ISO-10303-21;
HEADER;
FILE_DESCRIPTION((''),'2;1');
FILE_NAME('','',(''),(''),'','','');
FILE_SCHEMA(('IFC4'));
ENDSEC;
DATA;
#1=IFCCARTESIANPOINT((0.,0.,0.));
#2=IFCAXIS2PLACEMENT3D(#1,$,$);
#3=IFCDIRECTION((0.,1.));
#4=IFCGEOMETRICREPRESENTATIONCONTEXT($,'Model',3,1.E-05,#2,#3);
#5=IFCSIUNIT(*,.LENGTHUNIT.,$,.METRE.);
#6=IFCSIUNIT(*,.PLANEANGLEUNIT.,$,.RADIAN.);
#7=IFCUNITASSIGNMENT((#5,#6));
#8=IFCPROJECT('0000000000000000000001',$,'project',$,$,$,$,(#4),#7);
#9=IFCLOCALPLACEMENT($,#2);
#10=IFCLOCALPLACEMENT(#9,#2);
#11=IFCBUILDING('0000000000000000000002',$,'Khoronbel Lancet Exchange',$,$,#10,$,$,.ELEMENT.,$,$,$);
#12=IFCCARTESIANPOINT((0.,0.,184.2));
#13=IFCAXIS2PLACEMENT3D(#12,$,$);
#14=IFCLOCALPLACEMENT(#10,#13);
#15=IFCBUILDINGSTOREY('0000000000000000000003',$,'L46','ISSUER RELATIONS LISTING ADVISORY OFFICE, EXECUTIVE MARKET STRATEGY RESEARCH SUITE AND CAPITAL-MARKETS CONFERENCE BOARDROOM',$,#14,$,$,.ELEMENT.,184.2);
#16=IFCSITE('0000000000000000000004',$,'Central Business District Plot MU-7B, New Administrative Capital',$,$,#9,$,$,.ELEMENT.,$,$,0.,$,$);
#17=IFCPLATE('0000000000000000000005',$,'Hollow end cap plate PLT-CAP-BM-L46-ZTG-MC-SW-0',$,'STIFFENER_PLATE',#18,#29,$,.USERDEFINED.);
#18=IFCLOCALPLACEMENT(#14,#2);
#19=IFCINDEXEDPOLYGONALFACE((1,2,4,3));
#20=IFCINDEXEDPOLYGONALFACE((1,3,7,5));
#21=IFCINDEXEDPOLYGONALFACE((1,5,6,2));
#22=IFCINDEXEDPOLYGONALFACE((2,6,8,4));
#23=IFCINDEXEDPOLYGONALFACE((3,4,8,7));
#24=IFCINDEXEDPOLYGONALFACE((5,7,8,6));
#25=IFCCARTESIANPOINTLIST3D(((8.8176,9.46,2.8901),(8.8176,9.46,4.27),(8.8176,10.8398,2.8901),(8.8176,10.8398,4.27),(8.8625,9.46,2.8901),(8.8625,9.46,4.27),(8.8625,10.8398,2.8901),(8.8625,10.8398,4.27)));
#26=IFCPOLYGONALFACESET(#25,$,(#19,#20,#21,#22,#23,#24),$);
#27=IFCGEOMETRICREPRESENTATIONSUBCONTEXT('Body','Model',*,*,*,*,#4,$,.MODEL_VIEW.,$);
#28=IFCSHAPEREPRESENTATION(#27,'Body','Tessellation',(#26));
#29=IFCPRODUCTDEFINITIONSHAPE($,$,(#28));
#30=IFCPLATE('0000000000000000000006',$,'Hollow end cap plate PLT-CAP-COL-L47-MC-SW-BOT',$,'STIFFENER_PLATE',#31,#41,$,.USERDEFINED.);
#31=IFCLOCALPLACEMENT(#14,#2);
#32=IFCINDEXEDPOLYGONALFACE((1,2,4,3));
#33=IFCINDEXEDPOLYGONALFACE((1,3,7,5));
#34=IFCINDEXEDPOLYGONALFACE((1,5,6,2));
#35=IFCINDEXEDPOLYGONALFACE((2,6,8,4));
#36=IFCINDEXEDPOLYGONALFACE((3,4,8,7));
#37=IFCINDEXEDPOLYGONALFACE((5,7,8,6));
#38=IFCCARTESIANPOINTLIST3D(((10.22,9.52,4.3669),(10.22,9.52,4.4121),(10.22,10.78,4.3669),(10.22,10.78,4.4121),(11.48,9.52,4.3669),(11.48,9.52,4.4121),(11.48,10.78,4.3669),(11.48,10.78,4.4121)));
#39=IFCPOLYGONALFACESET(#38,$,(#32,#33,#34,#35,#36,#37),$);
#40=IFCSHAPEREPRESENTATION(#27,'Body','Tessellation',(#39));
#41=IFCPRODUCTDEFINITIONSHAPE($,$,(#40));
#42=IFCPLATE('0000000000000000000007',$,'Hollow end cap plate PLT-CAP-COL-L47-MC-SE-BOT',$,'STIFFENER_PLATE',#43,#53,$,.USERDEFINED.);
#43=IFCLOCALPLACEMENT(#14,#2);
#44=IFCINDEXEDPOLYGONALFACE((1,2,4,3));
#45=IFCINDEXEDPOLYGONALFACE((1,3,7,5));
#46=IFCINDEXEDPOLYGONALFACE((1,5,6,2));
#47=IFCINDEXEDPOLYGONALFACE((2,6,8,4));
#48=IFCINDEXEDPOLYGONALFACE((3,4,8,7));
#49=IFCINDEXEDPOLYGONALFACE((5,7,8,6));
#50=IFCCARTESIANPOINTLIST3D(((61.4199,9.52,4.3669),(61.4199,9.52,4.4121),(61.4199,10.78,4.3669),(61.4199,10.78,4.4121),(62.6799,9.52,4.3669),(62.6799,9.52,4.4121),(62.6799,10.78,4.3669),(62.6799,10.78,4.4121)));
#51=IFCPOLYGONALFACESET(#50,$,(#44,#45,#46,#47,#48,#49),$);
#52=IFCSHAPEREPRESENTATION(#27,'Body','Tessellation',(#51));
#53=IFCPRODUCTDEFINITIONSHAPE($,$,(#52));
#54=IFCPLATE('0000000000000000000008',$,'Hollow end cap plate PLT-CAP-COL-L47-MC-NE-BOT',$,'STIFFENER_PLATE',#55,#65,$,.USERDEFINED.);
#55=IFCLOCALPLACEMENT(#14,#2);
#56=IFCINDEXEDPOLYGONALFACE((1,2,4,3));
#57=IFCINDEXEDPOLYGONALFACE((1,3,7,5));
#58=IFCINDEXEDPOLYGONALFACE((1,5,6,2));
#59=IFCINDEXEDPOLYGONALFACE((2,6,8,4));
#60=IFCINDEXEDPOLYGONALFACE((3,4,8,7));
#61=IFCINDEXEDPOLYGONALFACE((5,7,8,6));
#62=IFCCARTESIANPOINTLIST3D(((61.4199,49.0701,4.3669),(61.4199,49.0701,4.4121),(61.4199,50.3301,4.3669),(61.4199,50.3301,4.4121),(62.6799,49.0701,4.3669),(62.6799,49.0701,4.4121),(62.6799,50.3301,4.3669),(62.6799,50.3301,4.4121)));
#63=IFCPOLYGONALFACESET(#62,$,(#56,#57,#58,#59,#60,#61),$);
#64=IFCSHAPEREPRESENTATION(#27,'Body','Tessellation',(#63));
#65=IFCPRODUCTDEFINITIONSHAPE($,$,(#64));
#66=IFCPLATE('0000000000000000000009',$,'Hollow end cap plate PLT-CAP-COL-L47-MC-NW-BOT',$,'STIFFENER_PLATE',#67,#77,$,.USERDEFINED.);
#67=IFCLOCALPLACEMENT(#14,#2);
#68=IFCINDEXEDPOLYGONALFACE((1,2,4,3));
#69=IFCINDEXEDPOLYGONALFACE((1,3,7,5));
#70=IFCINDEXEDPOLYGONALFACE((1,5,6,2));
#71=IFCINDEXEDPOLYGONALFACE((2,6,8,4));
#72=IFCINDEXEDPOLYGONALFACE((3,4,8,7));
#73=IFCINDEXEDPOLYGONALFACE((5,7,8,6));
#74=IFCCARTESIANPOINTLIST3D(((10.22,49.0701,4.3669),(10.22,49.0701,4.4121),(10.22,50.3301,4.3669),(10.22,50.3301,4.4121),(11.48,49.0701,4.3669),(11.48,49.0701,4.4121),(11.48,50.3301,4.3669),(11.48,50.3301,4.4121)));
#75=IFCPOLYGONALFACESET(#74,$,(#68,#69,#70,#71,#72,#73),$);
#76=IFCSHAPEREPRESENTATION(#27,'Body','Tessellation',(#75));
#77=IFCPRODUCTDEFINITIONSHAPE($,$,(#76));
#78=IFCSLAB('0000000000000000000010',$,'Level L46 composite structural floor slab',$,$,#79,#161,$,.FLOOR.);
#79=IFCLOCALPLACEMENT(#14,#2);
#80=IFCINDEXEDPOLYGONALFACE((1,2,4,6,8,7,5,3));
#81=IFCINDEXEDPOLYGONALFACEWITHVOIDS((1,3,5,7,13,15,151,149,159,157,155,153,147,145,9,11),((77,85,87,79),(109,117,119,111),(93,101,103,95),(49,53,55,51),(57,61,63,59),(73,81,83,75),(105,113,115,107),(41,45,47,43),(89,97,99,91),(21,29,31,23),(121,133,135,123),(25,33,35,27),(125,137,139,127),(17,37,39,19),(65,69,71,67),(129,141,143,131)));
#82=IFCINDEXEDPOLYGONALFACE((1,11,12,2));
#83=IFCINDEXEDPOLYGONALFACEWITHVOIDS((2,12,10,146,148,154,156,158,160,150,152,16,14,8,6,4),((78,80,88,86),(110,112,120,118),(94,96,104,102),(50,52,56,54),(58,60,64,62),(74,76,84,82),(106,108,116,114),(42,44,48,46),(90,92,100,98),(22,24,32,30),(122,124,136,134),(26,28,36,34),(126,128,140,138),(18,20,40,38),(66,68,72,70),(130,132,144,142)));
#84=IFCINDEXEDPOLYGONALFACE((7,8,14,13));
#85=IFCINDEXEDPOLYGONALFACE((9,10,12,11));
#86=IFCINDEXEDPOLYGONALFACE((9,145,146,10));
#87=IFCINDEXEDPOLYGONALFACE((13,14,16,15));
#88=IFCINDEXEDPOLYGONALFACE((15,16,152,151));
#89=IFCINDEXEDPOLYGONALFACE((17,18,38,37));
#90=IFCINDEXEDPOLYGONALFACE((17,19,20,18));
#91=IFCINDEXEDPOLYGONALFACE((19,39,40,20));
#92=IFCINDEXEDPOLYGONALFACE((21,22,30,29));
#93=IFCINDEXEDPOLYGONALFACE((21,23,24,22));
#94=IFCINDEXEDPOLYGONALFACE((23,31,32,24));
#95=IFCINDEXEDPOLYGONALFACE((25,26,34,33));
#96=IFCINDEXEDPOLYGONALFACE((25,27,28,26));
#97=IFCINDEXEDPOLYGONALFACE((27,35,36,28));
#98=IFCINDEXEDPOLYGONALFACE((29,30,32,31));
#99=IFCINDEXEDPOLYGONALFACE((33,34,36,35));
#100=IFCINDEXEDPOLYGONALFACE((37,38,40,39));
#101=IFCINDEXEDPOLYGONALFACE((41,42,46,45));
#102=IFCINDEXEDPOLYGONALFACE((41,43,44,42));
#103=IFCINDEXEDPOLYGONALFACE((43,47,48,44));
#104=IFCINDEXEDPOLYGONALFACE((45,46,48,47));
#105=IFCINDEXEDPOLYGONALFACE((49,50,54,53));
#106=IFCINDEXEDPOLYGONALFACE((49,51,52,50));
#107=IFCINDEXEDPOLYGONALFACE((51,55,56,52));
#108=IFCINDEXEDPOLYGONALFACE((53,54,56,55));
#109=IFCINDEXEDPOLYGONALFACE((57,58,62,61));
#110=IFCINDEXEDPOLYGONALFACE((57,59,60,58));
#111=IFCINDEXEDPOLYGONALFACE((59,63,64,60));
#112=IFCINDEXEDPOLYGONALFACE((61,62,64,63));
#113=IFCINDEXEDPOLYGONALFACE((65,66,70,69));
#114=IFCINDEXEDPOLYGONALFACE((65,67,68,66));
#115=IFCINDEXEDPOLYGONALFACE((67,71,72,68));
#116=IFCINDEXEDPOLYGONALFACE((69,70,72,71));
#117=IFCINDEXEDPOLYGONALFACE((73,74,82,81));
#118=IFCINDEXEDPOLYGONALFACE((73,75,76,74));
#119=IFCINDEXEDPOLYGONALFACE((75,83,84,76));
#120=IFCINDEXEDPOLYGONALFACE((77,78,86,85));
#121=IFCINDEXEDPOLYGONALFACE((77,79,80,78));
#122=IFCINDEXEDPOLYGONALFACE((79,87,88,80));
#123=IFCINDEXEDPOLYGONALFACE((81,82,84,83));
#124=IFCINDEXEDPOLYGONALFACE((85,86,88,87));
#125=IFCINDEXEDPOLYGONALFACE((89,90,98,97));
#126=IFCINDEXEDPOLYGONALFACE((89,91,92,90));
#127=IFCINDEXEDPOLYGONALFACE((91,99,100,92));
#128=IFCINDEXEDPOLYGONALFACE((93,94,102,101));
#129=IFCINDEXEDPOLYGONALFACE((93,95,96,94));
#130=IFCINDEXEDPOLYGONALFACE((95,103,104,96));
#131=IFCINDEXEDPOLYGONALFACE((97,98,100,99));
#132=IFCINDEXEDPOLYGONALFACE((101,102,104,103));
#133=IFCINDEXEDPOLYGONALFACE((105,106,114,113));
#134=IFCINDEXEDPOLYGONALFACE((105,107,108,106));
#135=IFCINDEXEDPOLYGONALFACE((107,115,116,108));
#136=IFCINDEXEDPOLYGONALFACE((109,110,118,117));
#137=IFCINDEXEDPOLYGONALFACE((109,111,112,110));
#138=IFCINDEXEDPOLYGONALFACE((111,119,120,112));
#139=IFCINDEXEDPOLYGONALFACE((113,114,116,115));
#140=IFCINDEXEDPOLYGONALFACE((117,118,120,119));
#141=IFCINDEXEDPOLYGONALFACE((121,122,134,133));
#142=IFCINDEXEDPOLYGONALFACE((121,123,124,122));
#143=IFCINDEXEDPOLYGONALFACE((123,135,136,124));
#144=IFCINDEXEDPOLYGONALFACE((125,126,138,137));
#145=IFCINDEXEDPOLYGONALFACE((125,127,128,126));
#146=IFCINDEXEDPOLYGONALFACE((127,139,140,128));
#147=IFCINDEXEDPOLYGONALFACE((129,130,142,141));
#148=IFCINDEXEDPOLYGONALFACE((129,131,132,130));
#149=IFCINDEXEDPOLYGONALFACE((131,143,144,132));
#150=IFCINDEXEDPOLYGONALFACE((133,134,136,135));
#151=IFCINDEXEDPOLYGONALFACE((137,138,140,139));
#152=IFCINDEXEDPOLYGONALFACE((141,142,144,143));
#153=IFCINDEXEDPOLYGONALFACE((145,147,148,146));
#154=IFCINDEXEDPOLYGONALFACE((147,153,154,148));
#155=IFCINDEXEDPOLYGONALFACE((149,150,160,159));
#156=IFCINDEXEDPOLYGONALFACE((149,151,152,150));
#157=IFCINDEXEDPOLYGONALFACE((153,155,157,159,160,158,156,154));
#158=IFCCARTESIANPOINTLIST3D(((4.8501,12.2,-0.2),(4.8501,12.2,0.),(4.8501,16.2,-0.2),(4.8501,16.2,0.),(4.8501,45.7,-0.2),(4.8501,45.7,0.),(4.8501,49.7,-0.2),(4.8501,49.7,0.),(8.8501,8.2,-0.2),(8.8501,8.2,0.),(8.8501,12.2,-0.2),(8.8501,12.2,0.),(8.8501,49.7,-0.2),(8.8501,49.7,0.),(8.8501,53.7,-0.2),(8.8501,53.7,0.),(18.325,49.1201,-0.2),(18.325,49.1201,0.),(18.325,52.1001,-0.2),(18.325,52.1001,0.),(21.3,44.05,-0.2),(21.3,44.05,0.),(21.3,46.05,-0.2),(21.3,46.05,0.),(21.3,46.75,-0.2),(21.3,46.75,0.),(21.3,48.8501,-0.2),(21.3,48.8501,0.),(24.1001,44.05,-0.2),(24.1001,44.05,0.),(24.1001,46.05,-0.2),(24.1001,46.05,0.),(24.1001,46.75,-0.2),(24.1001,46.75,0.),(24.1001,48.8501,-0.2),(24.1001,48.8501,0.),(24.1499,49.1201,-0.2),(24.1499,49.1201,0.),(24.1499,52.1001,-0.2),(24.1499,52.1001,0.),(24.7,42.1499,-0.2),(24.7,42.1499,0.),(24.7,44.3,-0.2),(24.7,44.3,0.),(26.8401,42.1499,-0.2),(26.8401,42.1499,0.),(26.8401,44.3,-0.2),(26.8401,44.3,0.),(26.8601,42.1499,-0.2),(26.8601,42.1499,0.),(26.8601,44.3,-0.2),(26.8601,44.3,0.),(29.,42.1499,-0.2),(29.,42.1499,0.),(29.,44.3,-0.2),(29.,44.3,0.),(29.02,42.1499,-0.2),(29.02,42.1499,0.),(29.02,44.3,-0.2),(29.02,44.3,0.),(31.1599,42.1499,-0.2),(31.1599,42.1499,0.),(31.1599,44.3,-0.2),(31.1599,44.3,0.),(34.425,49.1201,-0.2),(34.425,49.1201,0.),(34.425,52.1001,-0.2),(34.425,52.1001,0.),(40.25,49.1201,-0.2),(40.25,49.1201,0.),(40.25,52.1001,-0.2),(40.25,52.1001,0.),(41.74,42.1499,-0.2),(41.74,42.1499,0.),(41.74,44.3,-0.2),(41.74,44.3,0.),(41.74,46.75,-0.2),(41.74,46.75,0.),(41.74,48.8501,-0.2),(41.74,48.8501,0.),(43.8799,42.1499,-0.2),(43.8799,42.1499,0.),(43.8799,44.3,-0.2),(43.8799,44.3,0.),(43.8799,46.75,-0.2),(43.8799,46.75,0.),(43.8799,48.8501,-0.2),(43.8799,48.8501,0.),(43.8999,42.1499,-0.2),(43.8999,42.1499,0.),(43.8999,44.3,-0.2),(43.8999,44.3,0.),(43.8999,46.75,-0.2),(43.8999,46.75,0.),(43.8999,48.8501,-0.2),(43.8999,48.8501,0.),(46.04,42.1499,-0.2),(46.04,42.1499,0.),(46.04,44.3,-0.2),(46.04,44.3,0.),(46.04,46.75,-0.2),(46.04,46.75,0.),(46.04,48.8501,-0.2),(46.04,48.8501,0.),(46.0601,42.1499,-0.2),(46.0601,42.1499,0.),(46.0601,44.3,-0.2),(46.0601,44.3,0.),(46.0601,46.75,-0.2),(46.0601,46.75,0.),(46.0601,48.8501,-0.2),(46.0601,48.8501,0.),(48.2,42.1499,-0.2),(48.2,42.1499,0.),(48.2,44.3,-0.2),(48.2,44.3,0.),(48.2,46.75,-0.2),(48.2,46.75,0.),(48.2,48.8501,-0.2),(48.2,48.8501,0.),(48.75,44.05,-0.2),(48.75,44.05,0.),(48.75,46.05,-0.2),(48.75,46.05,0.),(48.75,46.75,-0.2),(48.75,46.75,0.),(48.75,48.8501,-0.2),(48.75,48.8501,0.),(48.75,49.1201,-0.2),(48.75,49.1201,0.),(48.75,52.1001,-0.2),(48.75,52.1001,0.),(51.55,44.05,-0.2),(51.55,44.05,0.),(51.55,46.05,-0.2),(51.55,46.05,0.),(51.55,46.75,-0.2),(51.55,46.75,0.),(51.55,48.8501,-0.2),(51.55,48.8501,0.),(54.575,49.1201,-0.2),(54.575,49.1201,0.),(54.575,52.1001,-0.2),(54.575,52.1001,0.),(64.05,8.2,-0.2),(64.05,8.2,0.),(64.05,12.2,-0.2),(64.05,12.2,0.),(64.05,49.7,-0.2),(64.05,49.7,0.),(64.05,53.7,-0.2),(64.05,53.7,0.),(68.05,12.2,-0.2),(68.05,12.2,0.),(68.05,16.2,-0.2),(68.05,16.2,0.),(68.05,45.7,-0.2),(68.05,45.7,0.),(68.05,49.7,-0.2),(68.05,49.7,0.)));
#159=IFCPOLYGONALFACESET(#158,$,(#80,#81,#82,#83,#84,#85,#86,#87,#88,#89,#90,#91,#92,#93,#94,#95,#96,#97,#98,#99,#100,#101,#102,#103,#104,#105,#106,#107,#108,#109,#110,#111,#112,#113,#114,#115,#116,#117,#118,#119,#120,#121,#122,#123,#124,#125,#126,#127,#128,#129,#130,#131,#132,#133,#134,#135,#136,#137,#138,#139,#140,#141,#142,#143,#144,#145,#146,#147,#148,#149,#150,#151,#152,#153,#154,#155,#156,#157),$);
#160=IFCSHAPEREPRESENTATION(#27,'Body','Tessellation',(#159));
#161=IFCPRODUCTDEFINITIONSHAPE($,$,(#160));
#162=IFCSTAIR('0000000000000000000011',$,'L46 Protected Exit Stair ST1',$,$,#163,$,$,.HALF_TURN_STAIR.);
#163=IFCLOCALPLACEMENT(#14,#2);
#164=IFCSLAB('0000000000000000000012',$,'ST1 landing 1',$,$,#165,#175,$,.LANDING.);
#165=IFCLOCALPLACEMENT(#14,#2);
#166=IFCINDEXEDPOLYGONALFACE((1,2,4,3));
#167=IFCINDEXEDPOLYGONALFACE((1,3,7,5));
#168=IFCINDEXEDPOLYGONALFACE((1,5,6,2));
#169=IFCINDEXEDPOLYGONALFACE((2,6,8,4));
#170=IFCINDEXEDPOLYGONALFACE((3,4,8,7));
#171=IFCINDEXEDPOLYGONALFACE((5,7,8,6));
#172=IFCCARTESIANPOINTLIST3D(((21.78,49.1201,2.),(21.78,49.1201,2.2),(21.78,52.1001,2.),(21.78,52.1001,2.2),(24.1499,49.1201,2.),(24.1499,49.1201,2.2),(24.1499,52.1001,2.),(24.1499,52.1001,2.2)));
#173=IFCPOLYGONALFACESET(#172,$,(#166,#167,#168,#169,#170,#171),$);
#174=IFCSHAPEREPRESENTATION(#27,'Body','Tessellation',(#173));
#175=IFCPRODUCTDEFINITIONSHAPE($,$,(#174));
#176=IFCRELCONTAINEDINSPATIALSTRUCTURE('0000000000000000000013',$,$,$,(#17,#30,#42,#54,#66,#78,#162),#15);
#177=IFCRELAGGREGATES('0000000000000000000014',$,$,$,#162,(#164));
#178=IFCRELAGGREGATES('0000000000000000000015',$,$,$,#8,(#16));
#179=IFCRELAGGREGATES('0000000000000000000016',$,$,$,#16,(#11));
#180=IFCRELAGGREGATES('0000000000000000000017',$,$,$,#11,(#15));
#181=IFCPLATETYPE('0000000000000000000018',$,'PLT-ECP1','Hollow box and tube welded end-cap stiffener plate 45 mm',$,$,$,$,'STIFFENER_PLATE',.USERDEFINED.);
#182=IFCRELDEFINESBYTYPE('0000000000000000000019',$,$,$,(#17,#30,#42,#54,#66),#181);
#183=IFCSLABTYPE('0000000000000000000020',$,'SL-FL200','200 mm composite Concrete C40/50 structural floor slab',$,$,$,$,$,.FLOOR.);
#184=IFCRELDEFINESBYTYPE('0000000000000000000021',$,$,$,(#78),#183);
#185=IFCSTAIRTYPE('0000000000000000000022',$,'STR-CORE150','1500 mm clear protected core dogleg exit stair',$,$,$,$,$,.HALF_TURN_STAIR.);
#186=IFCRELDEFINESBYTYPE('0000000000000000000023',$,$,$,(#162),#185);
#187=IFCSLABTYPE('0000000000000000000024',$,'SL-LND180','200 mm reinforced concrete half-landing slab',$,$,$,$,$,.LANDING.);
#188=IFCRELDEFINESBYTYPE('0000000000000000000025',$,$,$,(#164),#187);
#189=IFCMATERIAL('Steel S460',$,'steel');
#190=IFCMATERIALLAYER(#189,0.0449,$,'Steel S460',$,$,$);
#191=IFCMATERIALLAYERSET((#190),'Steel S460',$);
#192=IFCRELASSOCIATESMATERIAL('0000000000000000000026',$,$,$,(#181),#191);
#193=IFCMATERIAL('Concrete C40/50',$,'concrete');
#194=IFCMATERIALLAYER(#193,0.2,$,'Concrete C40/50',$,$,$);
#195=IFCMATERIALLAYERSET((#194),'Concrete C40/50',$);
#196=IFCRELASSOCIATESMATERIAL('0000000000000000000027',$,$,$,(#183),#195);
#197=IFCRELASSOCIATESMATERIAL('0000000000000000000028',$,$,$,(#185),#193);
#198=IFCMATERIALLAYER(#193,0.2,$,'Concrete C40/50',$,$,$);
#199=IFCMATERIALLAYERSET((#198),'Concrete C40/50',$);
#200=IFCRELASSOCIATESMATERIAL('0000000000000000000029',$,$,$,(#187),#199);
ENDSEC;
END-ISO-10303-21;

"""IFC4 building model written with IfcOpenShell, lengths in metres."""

from ifc_helpers import new_model, si_unit, direction, frame, origin, origin_2d, place, context, subcontext, project, spatial, polyline, rectangle, outline, extrude, material, layer, layer_set, type_object, element, aggregate, save


model = new_model("IFC4")

# Units and contexts
model_context = context("Model", 3, precision=1e-05, world=origin(), true_north=direction((0.0, 1.0)))
body_context = subcontext(model_context, "Body", "Model", "MODEL_VIEW")
ifc_project = project(units=[si_unit("LENGTHUNIT", "METRE"), si_unit("PLANEANGLEUNIT", "RADIAN")], contexts=[model_context])

# Site, building, storey
site_placement = place(None, origin())
site = spatial("IfcSite", under=ifc_project, at=site_placement, Name="Central Business District Plot MU-7B, New Administrative Capital", CompositionType="ELEMENT", RefElevation=0.0)
building_placement = place(site_placement, origin())
building = spatial("IfcBuilding", under=site, at=building_placement, Name="Khoronbel Lancet Exchange", CompositionType="ELEMENT")
storey_placement = place(building_placement, frame((0.0, 0.0, 184.2)))
storey = spatial("IfcBuildingStorey", under=building, at=storey_placement, Name="L46", Description="ISSUER RELATIONS LISTING ADVISORY OFFICE, EXECUTIVE MARKET STRATEGY RESEARCH SUITE AND CAPITAL-MARKETS CONFERENCE BOARDROOM", CompositionType="ELEMENT", Elevation=184.2)

# Shared definitions
ifc_material_1 = material(Name="Steel S460", Category="steel")

# Plates
ifc_layer_1 = layer(ifc_material_1, 0.0449, Name="Steel S460")
ifc_layer_set_1 = layer_set([ifc_layer_1], Name="Steel S460")
plate_type_1 = type_object("IfcPlateType", Name="PLT-ECP1", Description="Hollow box and tube welded end-cap stiffener plate 45 mm", ElementType="STIFFENER_PLATE", PredefinedType="USERDEFINED", material=ifc_layer_set_1)
plate_1_placement = place(storey_placement, frame((8.8401, 10.1499, 2.8901), z_axis=(0.0, 0.0, 1.0), x_axis=(-1.0, 0.0, 0.0)))
element("IfcPlate", 1, at=plate_1_placement, inside=storey, type_object=plate_type_1, Name="Hollow end cap plate PLT-CAP-BM-L46-ZTG-MC-SW-0", ObjectType="STIFFENER_PLATE", PredefinedType="USERDEFINED", context=body_context, shape_type="SweptSolid", body=[
    extrude(rectangle(XDim=0.0449, YDim=1.3799, at=origin_2d()), origin(), (0.0, 0.0, 1.0), 1.3799),
])
plate_2_placement = place(storey_placement, frame((0.0, 0.0, 4.3669)))
element("IfcPlate", 2, at=plate_2_placement, inside=storey, type_object=plate_type_1, Name="Hollow end cap plate PLT-CAP-COL-L47-MC-SW-BOT", ObjectType="STIFFENER_PLATE", PredefinedType="USERDEFINED", context=body_context, shape_type="SweptSolid", body=[
    extrude(outline(polyline([(10.22, 9.52), (11.48, 9.52), (11.48, 10.78), (10.22, 10.78), (10.22, 9.52)])), origin(), (0.0, 0.0, 1.0), 0.0452),
])
plate_3_placement = place(storey_placement, frame((0.0, 0.0, 4.3669)))
element("IfcPlate", 3, at=plate_3_placement, inside=storey, type_object=plate_type_1, Name="Hollow end cap plate PLT-CAP-COL-L47-MC-SE-BOT", ObjectType="STIFFENER_PLATE", PredefinedType="USERDEFINED", context=body_context, shape_type="SweptSolid", body=[
    extrude(outline(polyline([(61.4199, 9.52), (62.6799, 9.52), (62.6799, 10.78), (61.4199, 10.78), (61.4199, 9.52)])), origin(), (0.0, 0.0, 1.0), 0.0452),
])
plate_4_placement = place(storey_placement, frame((0.0, 0.0, 4.3669)))
element("IfcPlate", 4, at=plate_4_placement, inside=storey, type_object=plate_type_1, Name="Hollow end cap plate PLT-CAP-COL-L47-MC-NE-BOT", ObjectType="STIFFENER_PLATE", PredefinedType="USERDEFINED", context=body_context, shape_type="SweptSolid", body=[
    extrude(outline(polyline([(61.4199, 49.0701), (62.6799, 49.0701), (62.6799, 50.3301), (61.4199, 50.3301), (61.4199, 49.0701)])), origin(), (0.0, 0.0, 1.0), 0.0452),
])
plate_5_placement = place(storey_placement, frame((0.0, 0.0, 4.3669)))
element("IfcPlate", 5, at=plate_5_placement, inside=storey, type_object=plate_type_1, Name="Hollow end cap plate PLT-CAP-COL-L47-MC-NW-BOT", ObjectType="STIFFENER_PLATE", PredefinedType="USERDEFINED", context=body_context, shape_type="SweptSolid", body=[
    extrude(outline(polyline([(10.22, 49.0701), (11.48, 49.0701), (11.48, 50.3301), (10.22, 50.3301), (10.22, 49.0701)])), origin(), (0.0, 0.0, 1.0), 0.0452),
])

# Slab
ifc_material_2 = material(Name="Concrete C40/50", Category="concrete")
ifc_layer_2 = layer(ifc_material_2, 0.2, Name="Concrete C40/50")
ifc_layer_set_2 = layer_set([ifc_layer_2], Name="Concrete C40/50")
slab_type_1 = type_object("IfcSlabType", Name="SL-FL200", Description="200 mm composite Concrete C40/50 structural floor slab", PredefinedType="FLOOR", material=ifc_layer_set_2)
slab_1_placement = place(storey_placement, frame((0.0, 0.0, -0.2)))
element("IfcSlab", 6, at=slab_1_placement, inside=storey, type_object=slab_type_1, Name="Level L46 composite structural floor slab", PredefinedType="FLOOR", context=body_context, shape_type="SweptSolid", body=[
    extrude(outline(polyline([(8.8501, 8.2), (64.05, 8.2), (64.05, 12.2), (68.05, 12.2), (68.05, 16.2), (68.05, 45.7), (68.05, 49.7), (64.05, 49.7), (64.05, 53.7), (8.8501, 53.7), (8.8501, 49.7), (4.8501, 49.7), (4.8501, 45.7), (4.8501, 16.2), (4.8501, 12.2), (8.8501, 12.2), (8.8501, 8.2)]), holes=[polyline([(18.325, 49.1201), (24.1499, 49.1201), (24.1499, 52.1001), (18.325, 52.1001), (18.325, 49.1201)]), polyline([(48.75, 49.1201), (54.575, 49.1201), (54.575, 52.1001), (48.75, 52.1001), (48.75, 49.1201)]), polyline([(34.425, 49.1201), (40.25, 49.1201), (40.25, 52.1001), (34.425, 52.1001), (34.425, 49.1201)]), polyline([(24.7, 42.1499), (26.8401, 42.1499), (26.8401, 44.3), (24.7, 44.3), (24.7, 42.1499)]), polyline([(26.8601, 42.1499), (29.0, 42.1499), (29.0, 44.3), (26.8601, 44.3), (26.8601, 42.1499)]), polyline([(29.02, 42.1499), (31.1599, 42.1499), (31.1599, 44.3), (29.02, 44.3), (29.02, 42.1499)]), polyline([(41.74, 46.75), (43.8799, 46.75), (43.8799, 48.8501), (41.74, 48.8501), (41.74, 46.75)]), polyline([(43.8999, 46.75), (46.04, 46.75), (46.04, 48.8501), (43.8999, 48.8501), (43.8999, 46.75)]), polyline([(46.0601, 46.75), (48.2, 46.75), (48.2, 48.8501), (46.0601, 48.8501), (46.0601, 46.75)]), polyline([(41.74, 42.1499), (43.8799, 42.1499), (43.8799, 44.3), (41.74, 44.3), (41.74, 42.1499)]), polyline([(43.8999, 42.1499), (46.04, 42.1499), (46.04, 44.3), (43.8999, 44.3), (43.8999, 42.1499)]), polyline([(46.0601, 42.1499), (48.2, 42.1499), (48.2, 44.3), (46.0601, 44.3), (46.0601, 42.1499)]), polyline([(21.3, 46.75), (24.1001, 46.75), (24.1001, 48.8501), (21.3, 48.8501), (21.3, 46.75)]), polyline([(48.75, 46.75), (51.55, 46.75), (51.55, 48.8501), (48.75, 48.8501), (48.75, 46.75)]), polyline([(21.3, 44.05), (24.1001, 44.05), (24.1001, 46.05), (21.3, 46.05), (21.3, 44.05)]), polyline([(48.75, 44.05), (51.55, 44.05), (51.55, 46.05), (48.75, 46.05), (48.75, 44.05)])]), origin(), (0.0, 0.0, 1.0), 0.2),
])

# Stair, slab
stair_type = type_object("IfcStairType", Name="STR-CORE150", Description="1500 mm clear protected core dogleg exit stair", PredefinedType="HALF_TURN_STAIR", material=ifc_material_2)
stair_1_placement = place(storey_placement, origin())
stair_1 = element("IfcStair", 7, at=stair_1_placement, inside=storey, type_object=stair_type, Name="L46 Protected Exit Stair ST1", PredefinedType="HALF_TURN_STAIR")
ifc_layer_3 = layer(ifc_material_2, 0.2, Name="Concrete C40/50")
ifc_layer_set_3 = layer_set([ifc_layer_3], Name="Concrete C40/50")
slab_type_2 = type_object("IfcSlabType", Name="SL-LND180", Description="200 mm reinforced concrete half-landing slab", PredefinedType="LANDING", material=ifc_layer_set_3)
slab_2_placement = place(storey_placement, frame((0.0, 0.0, 2.0)))
slab_2 = element("IfcSlab", 8, at=slab_2_placement, type_object=slab_type_2, Name="ST1 landing 1", PredefinedType="LANDING", context=body_context, shape_type="SweptSolid", body=[
    extrude(outline(polyline([(21.78, 49.1201), (24.1499, 49.1201), (24.1499, 52.1001), (21.78, 52.1001), (21.78, 49.1201)])), origin(), (0.0, 0.0, 1.0), 0.2),
])
aggregate(stair_1, [slab_2])

save(model, "model.ifc")
